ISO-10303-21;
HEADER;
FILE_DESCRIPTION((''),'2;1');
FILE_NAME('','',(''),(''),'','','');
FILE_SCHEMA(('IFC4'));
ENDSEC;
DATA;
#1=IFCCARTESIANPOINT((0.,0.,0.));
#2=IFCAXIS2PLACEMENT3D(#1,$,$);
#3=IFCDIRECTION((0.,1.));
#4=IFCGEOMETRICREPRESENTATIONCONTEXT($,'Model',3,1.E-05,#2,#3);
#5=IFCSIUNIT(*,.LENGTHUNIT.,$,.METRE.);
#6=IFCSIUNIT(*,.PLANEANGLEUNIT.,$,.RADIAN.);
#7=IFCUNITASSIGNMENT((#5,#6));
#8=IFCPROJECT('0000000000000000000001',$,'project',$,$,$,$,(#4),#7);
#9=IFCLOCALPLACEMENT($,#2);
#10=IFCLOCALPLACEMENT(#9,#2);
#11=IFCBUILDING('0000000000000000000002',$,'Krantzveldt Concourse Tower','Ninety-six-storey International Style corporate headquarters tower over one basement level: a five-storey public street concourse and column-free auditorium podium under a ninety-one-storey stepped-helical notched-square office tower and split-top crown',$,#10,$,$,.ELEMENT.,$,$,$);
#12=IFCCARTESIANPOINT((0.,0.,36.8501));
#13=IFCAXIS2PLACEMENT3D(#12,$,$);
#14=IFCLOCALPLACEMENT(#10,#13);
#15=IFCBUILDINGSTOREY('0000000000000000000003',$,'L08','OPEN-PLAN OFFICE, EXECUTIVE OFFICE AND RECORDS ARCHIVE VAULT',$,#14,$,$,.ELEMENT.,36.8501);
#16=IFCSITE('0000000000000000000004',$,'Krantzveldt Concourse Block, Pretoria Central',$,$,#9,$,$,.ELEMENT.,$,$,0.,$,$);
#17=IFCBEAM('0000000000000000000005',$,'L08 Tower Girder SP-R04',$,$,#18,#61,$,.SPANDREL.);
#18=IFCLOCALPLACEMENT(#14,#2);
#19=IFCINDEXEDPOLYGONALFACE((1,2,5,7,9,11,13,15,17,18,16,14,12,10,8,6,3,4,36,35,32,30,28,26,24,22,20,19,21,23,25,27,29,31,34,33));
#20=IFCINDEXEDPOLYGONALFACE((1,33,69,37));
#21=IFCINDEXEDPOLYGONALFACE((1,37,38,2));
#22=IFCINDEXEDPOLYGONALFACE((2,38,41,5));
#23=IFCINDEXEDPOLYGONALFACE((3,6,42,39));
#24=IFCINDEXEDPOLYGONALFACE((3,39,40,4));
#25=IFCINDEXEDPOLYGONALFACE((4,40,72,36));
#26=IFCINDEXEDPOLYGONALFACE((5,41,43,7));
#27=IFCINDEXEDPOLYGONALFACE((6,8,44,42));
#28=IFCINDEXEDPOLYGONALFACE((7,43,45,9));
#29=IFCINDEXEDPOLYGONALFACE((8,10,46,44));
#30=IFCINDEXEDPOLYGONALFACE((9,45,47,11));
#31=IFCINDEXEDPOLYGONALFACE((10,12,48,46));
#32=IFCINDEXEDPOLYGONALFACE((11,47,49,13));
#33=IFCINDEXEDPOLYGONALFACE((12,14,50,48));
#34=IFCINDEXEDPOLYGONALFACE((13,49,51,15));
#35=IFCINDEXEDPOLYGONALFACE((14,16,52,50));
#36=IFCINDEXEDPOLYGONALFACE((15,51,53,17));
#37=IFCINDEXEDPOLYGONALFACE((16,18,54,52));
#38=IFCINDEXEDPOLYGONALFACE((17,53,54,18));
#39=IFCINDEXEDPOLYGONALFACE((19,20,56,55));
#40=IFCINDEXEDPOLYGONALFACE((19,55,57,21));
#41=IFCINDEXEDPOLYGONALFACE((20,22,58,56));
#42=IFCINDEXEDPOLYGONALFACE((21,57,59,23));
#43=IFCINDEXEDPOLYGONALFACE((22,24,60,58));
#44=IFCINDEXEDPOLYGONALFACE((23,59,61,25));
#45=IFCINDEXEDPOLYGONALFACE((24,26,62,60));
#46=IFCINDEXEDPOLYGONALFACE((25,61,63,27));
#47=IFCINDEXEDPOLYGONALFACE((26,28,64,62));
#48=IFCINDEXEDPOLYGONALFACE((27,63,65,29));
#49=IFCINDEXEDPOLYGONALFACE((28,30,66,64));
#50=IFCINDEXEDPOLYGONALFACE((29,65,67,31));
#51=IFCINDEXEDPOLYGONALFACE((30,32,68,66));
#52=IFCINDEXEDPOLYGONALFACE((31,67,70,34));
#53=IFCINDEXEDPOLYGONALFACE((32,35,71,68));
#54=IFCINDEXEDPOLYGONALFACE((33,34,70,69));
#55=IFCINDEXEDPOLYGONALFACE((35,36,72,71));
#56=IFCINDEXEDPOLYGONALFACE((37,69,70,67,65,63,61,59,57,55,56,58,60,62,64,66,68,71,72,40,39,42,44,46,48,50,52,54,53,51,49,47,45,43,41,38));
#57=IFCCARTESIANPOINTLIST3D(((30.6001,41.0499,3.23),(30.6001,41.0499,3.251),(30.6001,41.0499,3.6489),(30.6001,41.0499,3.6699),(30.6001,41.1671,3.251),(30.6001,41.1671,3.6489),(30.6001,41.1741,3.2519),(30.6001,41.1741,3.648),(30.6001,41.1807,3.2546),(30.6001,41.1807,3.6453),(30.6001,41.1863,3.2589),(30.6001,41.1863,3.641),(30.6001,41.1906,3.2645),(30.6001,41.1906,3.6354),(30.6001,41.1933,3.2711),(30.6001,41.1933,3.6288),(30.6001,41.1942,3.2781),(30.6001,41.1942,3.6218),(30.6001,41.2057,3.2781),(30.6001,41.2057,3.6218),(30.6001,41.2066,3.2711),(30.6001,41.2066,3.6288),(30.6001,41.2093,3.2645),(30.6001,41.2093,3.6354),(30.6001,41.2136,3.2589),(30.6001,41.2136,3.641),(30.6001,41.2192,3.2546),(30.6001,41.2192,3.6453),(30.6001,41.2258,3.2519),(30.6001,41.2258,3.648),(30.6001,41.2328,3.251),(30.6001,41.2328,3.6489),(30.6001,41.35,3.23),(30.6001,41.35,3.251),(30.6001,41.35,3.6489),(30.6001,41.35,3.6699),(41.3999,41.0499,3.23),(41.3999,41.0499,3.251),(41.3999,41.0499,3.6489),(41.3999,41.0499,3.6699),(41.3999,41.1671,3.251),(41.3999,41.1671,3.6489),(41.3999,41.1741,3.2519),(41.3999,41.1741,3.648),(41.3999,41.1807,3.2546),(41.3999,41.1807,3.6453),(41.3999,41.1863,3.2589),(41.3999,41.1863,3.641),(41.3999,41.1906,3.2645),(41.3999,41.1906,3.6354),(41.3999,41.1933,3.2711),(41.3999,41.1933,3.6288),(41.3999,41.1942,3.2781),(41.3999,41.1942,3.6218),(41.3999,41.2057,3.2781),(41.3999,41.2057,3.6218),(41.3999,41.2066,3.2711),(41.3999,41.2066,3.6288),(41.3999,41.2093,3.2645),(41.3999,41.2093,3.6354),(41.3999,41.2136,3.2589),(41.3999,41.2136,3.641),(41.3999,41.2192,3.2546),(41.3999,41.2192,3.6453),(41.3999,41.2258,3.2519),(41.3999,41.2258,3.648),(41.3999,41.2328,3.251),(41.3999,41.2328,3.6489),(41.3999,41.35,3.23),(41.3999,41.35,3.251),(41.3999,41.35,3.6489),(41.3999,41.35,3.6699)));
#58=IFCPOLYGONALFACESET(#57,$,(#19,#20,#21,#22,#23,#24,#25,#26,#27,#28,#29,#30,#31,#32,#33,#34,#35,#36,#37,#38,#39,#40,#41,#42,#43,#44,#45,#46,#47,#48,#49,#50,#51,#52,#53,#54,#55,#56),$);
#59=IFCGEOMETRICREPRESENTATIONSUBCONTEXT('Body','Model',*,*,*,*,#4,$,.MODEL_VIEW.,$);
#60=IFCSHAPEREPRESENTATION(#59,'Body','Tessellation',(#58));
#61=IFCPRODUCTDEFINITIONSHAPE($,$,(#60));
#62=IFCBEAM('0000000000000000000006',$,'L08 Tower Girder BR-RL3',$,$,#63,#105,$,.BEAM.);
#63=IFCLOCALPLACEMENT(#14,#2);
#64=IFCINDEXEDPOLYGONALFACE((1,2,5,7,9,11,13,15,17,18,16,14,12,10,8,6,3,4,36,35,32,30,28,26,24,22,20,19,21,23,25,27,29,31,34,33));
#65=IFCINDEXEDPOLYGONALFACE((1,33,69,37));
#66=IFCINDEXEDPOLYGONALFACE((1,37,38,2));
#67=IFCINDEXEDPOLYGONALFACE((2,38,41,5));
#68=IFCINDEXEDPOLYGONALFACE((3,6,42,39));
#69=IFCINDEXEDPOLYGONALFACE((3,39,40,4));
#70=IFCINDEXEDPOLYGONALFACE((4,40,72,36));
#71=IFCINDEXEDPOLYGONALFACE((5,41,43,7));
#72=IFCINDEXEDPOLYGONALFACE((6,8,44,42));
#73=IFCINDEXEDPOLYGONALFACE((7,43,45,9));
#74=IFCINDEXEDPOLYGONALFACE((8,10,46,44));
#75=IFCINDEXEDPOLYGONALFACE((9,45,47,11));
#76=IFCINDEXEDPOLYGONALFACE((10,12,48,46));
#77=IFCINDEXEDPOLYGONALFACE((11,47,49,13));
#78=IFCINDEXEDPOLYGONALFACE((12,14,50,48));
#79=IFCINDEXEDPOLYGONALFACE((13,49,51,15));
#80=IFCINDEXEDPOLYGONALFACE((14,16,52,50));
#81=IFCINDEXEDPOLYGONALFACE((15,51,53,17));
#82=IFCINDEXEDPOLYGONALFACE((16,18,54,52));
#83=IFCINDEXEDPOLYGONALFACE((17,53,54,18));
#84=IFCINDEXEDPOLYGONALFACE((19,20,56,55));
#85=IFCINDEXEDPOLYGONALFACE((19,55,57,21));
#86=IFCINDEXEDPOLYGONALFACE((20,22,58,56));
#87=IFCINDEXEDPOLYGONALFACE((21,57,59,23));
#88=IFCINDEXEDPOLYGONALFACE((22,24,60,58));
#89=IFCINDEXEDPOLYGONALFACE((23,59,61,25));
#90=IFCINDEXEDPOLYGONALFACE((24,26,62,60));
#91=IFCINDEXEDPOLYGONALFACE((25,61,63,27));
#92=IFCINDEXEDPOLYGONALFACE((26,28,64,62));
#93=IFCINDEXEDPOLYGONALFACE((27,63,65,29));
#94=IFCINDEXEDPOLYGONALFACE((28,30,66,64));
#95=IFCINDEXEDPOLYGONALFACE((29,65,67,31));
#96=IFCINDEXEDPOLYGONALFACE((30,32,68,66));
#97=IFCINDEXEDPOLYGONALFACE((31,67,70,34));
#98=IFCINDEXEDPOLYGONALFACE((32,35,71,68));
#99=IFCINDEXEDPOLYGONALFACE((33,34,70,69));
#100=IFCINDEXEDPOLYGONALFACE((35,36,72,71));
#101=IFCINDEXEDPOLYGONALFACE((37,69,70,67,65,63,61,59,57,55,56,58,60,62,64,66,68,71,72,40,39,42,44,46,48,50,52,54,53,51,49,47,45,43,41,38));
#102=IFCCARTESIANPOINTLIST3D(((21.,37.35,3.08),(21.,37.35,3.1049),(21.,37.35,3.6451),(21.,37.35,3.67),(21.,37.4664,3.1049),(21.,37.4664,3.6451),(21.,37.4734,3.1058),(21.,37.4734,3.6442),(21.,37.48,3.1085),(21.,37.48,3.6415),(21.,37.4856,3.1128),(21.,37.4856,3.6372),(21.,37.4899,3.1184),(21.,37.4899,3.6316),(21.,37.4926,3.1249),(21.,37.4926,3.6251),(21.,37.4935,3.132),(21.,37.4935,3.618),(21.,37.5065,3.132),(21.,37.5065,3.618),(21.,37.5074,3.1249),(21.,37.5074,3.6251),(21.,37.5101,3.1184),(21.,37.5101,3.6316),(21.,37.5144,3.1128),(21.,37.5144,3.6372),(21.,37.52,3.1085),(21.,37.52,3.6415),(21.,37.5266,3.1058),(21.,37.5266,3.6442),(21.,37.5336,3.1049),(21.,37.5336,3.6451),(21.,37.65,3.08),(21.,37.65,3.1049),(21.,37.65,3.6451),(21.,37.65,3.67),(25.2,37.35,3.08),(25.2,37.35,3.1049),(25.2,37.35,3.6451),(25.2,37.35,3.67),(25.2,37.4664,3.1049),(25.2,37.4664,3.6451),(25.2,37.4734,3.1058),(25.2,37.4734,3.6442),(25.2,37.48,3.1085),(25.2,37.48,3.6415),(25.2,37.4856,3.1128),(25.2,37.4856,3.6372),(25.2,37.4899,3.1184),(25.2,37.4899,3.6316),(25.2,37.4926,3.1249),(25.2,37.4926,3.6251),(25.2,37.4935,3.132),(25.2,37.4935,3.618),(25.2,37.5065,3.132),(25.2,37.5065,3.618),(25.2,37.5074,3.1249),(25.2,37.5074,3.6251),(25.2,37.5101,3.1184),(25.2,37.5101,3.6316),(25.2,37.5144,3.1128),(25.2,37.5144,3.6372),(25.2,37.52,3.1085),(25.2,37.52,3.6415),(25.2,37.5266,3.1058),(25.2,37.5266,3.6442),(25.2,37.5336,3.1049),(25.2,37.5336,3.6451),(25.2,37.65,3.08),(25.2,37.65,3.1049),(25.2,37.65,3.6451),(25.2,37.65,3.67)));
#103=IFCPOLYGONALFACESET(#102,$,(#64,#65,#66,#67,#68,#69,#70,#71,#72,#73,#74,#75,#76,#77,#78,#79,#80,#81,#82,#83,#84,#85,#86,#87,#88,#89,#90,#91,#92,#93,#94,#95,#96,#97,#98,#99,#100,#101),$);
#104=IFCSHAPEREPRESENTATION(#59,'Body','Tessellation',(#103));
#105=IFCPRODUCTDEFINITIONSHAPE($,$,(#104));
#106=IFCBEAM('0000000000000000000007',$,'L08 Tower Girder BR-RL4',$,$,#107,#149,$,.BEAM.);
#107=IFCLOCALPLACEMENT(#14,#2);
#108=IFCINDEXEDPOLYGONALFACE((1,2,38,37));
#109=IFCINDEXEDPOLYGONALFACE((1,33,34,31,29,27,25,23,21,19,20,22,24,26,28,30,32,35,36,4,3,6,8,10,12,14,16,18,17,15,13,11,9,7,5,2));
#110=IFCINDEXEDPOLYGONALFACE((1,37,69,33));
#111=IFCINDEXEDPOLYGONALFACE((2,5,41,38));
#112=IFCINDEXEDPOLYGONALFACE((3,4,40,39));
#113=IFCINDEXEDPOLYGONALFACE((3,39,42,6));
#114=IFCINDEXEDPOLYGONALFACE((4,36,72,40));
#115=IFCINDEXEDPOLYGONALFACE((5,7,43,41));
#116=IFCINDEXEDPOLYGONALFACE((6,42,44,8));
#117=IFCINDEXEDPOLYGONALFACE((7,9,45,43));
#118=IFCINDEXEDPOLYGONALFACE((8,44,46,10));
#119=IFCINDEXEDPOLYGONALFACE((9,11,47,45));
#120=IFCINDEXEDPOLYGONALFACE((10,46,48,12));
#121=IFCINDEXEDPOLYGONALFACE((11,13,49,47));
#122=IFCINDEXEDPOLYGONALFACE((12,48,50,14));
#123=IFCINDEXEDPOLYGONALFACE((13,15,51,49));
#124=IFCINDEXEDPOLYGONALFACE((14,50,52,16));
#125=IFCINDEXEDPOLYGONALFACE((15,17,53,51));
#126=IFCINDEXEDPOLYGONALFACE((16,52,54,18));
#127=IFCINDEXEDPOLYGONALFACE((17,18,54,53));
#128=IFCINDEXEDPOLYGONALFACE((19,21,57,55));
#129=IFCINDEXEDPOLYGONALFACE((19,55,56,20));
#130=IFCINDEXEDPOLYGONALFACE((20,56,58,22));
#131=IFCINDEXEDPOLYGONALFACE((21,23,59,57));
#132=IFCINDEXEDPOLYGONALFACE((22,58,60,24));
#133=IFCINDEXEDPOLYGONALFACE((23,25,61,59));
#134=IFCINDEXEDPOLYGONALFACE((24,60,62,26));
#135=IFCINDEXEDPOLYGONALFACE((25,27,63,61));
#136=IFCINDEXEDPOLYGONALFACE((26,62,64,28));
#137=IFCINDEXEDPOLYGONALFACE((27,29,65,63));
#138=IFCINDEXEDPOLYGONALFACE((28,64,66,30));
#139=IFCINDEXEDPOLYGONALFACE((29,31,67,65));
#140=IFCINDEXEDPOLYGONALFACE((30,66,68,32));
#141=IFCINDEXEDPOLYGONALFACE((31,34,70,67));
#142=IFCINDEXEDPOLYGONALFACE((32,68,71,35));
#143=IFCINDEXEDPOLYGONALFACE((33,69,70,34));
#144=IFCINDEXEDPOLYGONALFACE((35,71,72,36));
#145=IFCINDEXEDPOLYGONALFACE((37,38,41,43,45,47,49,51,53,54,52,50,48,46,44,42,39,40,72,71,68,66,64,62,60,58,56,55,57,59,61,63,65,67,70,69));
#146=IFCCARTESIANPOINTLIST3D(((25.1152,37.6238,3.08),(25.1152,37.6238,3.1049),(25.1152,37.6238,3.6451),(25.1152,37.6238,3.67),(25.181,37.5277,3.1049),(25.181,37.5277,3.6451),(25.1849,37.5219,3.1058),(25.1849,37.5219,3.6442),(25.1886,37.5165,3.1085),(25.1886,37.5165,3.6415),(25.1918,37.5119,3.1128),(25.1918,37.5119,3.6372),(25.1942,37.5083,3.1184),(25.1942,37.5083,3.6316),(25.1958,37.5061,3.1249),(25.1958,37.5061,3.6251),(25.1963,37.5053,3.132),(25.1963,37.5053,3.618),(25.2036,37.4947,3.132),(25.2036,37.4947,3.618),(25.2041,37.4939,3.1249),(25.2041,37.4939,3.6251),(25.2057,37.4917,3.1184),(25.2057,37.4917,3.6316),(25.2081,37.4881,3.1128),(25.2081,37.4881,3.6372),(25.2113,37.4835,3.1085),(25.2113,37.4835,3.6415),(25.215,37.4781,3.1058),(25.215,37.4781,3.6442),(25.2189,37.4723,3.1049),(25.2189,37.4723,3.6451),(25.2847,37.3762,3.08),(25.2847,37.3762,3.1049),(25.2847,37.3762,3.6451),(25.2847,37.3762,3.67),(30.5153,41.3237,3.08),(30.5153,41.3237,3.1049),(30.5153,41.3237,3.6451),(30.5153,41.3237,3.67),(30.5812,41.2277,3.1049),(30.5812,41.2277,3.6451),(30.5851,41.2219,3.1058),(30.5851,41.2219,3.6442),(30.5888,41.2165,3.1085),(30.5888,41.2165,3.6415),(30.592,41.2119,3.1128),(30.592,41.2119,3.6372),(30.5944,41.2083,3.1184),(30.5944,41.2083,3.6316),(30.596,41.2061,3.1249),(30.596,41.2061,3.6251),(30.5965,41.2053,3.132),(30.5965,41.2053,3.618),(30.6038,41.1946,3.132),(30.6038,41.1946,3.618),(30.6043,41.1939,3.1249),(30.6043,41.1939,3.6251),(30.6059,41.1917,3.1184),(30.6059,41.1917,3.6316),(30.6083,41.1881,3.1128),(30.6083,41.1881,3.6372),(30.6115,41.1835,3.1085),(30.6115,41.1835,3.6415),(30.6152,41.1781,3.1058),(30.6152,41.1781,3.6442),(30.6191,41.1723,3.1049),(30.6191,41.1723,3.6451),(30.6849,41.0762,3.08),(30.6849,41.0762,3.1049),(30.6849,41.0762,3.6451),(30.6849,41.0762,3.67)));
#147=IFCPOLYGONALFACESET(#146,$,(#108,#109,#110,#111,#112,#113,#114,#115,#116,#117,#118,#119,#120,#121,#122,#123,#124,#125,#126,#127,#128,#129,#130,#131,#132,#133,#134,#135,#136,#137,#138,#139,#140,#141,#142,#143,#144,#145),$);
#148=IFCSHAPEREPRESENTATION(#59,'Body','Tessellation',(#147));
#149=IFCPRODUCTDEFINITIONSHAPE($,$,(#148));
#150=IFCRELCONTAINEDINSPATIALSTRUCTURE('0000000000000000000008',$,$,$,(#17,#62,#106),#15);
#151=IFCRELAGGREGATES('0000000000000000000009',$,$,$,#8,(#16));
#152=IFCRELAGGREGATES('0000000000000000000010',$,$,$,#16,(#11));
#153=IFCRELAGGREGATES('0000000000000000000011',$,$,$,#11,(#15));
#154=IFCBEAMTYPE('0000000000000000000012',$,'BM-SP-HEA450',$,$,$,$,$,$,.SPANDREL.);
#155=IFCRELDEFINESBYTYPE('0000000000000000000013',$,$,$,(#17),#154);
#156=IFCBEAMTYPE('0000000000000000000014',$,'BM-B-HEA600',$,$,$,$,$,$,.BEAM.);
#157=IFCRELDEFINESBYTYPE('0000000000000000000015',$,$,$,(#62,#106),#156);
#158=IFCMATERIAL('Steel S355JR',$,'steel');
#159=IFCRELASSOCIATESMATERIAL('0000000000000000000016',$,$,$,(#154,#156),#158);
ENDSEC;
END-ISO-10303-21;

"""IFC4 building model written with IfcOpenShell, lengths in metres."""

from ifc_helpers import new_model, si_unit, direction, frame, origin, origin_2d, place, context, subcontext, project, spatial, i_section, extrude, source, transform, mapped, material, material_profile, profile_set, type_object, type_shapes, element, save


model = new_model("IFC4")

# Units and contexts
model_context = context("Model", 3, precision=1e-05, world=origin(), true_north=direction((0.0, 1.0)))
body_context = subcontext(model_context, "Body", "Model", "MODEL_VIEW")
ifc_project = project(units=[si_unit("LENGTHUNIT", "METRE"), si_unit("PLANEANGLEUNIT", "RADIAN")], contexts=[model_context])

# Site, building, storey
site_placement = place(None, origin())
site = spatial("IfcSite", under=ifc_project, at=site_placement, Name="Krantzveldt Concourse Block, Pretoria Central", CompositionType="ELEMENT", RefElevation=0.0)
building_placement = place(site_placement, origin())
building = spatial("IfcBuilding", under=site, at=building_placement, Name="Krantzveldt Concourse Tower", Description="Ninety-six-storey International Style corporate headquarters tower over one basement level: a five-storey public street concourse and column-free auditorium podium under a ninety-one-storey stepped-helical notched-square office tower and split-top crown", CompositionType="ELEMENT")
storey_placement = place(building_placement, frame((0.0, 0.0, 36.8501)))
storey = spatial("IfcBuildingStorey", under=building, at=storey_placement, Name="L08", Description="OPEN-PLAN OFFICE, EXECUTIVE OFFICE AND RECORDS ARCHIVE VAULT", CompositionType="ELEMENT", Elevation=36.8501)

# Beams
ifc_material_1 = material(Name="Steel S355JR", Category="steel")
ifc_material_profile_1 = material_profile(ifc_material_1, i_section(OverallWidth=0.3, OverallDepth=0.4399, WebThickness=0.0115, FlangeThickness=0.021, FilletRadius=0.0271, at=origin_2d()), Name="Steel S355JR", Category="steel")
ifc_profile_set_1 = profile_set([ifc_material_profile_1], Name="Steel S355JR - HEA 450")
beam_type_1 = type_object("IfcBeamType", Name="BM-SP-HEA450", PredefinedType="SPANDREL", material=ifc_profile_set_1)
shared_shape_1 = source(origin(), body_context, "Body", "SweptSolid", [
    extrude(i_section(OverallWidth=0.3, OverallDepth=0.4399, WebThickness=0.0115, FlangeThickness=0.021, FilletRadius=0.0271, at=origin_2d()), origin(), (0.0, 0.0, 1.0), 10.7998),
])
beam_1_placement = place(storey_placement, frame((30.6001, 41.2, 3.45), z_axis=(1.0, 0.0, 0.0), x_axis=(0.0, 1.0, 0.0)))
element("IfcBeam", 1, at=beam_1_placement, inside=storey, type_object=beam_type_1, Name="L08 Tower Girder SP-R04", PredefinedType="SPANDREL", context=body_context, shape_type="MappedRepresentation", body=[
    mapped(shared_shape_1, transform((0.0, 0.0, 0.0), x_axis=(1.0, 0.0, 0.0), y_axis=(0.0, 1.0, 0.0), z_axis=(0.0, 0.0, 1.0), scale=1.0)),
])
ifc_material_profile_2 = material_profile(ifc_material_1, i_section(OverallWidth=0.3, OverallDepth=0.5901, WebThickness=0.0129, FlangeThickness=0.0249, FilletRadius=0.0271, at=origin_2d()), Name="Steel S355JR", Category="steel")
ifc_profile_set_2 = profile_set([ifc_material_profile_2], Name="Steel S355JR - HEA 600")
beam_type_2 = type_object("IfcBeamType", Name="BM-B-HEA600", PredefinedType="BEAM", material=ifc_profile_set_2)
shared_shape_2 = source(origin(), body_context, "Body", "SweptSolid", [
    extrude(i_section(OverallWidth=0.3, OverallDepth=0.5901, WebThickness=0.0129, FlangeThickness=0.0249, FilletRadius=0.0271, at=origin_2d()), origin(), (0.0, 0.0, 1.0), 4.2),
])
beam_2_placement = place(storey_placement, frame((21.0, 37.5, 3.375), z_axis=(1.0, 0.0, 0.0), x_axis=(0.0, 1.0, 0.0)))
element("IfcBeam", 2, at=beam_2_placement, inside=storey, type_object=beam_type_2, Name="L08 Tower Girder BR-RL3", PredefinedType="BEAM", context=body_context, shape_type="MappedRepresentation", body=[
    mapped(shared_shape_2, transform((0.0, 0.0, 0.0), x_axis=(1.0, 0.0, 0.0), y_axis=(0.0, 1.0, 0.0), z_axis=(0.0, 0.0, 1.0), scale=1.0)),
])
shared_shape_3 = source(origin(), body_context, "Body", "SweptSolid", [
    extrude(i_section(OverallWidth=0.3, OverallDepth=0.5901, WebThickness=0.0129, FlangeThickness=0.0249, FilletRadius=0.0271, at=origin_2d()), origin(), (0.0, 0.0, 1.0), 6.5461),
])
type_shapes(beam_type_2, [shared_shape_2, shared_shape_3])
beam_3_placement = place(storey_placement, frame((25.2, 37.5, 3.375), z_axis=(0.824943, 0.565216, 0.0), x_axis=(-0.565216, 0.824943, 0.0)))
element("IfcBeam", 3, at=beam_3_placement, inside=storey, type_object=beam_type_2, Name="L08 Tower Girder BR-RL4", PredefinedType="BEAM", context=body_context, shape_type="MappedRepresentation", body=[
    mapped(shared_shape_3, transform((0.0, 0.0, 0.0), x_axis=(1.0, 0.0, 0.0), y_axis=(0.0, 1.0, 0.0), z_axis=(0.0, 0.0, 1.0), scale=1.0)),
])

save(model, "model.ifc")
